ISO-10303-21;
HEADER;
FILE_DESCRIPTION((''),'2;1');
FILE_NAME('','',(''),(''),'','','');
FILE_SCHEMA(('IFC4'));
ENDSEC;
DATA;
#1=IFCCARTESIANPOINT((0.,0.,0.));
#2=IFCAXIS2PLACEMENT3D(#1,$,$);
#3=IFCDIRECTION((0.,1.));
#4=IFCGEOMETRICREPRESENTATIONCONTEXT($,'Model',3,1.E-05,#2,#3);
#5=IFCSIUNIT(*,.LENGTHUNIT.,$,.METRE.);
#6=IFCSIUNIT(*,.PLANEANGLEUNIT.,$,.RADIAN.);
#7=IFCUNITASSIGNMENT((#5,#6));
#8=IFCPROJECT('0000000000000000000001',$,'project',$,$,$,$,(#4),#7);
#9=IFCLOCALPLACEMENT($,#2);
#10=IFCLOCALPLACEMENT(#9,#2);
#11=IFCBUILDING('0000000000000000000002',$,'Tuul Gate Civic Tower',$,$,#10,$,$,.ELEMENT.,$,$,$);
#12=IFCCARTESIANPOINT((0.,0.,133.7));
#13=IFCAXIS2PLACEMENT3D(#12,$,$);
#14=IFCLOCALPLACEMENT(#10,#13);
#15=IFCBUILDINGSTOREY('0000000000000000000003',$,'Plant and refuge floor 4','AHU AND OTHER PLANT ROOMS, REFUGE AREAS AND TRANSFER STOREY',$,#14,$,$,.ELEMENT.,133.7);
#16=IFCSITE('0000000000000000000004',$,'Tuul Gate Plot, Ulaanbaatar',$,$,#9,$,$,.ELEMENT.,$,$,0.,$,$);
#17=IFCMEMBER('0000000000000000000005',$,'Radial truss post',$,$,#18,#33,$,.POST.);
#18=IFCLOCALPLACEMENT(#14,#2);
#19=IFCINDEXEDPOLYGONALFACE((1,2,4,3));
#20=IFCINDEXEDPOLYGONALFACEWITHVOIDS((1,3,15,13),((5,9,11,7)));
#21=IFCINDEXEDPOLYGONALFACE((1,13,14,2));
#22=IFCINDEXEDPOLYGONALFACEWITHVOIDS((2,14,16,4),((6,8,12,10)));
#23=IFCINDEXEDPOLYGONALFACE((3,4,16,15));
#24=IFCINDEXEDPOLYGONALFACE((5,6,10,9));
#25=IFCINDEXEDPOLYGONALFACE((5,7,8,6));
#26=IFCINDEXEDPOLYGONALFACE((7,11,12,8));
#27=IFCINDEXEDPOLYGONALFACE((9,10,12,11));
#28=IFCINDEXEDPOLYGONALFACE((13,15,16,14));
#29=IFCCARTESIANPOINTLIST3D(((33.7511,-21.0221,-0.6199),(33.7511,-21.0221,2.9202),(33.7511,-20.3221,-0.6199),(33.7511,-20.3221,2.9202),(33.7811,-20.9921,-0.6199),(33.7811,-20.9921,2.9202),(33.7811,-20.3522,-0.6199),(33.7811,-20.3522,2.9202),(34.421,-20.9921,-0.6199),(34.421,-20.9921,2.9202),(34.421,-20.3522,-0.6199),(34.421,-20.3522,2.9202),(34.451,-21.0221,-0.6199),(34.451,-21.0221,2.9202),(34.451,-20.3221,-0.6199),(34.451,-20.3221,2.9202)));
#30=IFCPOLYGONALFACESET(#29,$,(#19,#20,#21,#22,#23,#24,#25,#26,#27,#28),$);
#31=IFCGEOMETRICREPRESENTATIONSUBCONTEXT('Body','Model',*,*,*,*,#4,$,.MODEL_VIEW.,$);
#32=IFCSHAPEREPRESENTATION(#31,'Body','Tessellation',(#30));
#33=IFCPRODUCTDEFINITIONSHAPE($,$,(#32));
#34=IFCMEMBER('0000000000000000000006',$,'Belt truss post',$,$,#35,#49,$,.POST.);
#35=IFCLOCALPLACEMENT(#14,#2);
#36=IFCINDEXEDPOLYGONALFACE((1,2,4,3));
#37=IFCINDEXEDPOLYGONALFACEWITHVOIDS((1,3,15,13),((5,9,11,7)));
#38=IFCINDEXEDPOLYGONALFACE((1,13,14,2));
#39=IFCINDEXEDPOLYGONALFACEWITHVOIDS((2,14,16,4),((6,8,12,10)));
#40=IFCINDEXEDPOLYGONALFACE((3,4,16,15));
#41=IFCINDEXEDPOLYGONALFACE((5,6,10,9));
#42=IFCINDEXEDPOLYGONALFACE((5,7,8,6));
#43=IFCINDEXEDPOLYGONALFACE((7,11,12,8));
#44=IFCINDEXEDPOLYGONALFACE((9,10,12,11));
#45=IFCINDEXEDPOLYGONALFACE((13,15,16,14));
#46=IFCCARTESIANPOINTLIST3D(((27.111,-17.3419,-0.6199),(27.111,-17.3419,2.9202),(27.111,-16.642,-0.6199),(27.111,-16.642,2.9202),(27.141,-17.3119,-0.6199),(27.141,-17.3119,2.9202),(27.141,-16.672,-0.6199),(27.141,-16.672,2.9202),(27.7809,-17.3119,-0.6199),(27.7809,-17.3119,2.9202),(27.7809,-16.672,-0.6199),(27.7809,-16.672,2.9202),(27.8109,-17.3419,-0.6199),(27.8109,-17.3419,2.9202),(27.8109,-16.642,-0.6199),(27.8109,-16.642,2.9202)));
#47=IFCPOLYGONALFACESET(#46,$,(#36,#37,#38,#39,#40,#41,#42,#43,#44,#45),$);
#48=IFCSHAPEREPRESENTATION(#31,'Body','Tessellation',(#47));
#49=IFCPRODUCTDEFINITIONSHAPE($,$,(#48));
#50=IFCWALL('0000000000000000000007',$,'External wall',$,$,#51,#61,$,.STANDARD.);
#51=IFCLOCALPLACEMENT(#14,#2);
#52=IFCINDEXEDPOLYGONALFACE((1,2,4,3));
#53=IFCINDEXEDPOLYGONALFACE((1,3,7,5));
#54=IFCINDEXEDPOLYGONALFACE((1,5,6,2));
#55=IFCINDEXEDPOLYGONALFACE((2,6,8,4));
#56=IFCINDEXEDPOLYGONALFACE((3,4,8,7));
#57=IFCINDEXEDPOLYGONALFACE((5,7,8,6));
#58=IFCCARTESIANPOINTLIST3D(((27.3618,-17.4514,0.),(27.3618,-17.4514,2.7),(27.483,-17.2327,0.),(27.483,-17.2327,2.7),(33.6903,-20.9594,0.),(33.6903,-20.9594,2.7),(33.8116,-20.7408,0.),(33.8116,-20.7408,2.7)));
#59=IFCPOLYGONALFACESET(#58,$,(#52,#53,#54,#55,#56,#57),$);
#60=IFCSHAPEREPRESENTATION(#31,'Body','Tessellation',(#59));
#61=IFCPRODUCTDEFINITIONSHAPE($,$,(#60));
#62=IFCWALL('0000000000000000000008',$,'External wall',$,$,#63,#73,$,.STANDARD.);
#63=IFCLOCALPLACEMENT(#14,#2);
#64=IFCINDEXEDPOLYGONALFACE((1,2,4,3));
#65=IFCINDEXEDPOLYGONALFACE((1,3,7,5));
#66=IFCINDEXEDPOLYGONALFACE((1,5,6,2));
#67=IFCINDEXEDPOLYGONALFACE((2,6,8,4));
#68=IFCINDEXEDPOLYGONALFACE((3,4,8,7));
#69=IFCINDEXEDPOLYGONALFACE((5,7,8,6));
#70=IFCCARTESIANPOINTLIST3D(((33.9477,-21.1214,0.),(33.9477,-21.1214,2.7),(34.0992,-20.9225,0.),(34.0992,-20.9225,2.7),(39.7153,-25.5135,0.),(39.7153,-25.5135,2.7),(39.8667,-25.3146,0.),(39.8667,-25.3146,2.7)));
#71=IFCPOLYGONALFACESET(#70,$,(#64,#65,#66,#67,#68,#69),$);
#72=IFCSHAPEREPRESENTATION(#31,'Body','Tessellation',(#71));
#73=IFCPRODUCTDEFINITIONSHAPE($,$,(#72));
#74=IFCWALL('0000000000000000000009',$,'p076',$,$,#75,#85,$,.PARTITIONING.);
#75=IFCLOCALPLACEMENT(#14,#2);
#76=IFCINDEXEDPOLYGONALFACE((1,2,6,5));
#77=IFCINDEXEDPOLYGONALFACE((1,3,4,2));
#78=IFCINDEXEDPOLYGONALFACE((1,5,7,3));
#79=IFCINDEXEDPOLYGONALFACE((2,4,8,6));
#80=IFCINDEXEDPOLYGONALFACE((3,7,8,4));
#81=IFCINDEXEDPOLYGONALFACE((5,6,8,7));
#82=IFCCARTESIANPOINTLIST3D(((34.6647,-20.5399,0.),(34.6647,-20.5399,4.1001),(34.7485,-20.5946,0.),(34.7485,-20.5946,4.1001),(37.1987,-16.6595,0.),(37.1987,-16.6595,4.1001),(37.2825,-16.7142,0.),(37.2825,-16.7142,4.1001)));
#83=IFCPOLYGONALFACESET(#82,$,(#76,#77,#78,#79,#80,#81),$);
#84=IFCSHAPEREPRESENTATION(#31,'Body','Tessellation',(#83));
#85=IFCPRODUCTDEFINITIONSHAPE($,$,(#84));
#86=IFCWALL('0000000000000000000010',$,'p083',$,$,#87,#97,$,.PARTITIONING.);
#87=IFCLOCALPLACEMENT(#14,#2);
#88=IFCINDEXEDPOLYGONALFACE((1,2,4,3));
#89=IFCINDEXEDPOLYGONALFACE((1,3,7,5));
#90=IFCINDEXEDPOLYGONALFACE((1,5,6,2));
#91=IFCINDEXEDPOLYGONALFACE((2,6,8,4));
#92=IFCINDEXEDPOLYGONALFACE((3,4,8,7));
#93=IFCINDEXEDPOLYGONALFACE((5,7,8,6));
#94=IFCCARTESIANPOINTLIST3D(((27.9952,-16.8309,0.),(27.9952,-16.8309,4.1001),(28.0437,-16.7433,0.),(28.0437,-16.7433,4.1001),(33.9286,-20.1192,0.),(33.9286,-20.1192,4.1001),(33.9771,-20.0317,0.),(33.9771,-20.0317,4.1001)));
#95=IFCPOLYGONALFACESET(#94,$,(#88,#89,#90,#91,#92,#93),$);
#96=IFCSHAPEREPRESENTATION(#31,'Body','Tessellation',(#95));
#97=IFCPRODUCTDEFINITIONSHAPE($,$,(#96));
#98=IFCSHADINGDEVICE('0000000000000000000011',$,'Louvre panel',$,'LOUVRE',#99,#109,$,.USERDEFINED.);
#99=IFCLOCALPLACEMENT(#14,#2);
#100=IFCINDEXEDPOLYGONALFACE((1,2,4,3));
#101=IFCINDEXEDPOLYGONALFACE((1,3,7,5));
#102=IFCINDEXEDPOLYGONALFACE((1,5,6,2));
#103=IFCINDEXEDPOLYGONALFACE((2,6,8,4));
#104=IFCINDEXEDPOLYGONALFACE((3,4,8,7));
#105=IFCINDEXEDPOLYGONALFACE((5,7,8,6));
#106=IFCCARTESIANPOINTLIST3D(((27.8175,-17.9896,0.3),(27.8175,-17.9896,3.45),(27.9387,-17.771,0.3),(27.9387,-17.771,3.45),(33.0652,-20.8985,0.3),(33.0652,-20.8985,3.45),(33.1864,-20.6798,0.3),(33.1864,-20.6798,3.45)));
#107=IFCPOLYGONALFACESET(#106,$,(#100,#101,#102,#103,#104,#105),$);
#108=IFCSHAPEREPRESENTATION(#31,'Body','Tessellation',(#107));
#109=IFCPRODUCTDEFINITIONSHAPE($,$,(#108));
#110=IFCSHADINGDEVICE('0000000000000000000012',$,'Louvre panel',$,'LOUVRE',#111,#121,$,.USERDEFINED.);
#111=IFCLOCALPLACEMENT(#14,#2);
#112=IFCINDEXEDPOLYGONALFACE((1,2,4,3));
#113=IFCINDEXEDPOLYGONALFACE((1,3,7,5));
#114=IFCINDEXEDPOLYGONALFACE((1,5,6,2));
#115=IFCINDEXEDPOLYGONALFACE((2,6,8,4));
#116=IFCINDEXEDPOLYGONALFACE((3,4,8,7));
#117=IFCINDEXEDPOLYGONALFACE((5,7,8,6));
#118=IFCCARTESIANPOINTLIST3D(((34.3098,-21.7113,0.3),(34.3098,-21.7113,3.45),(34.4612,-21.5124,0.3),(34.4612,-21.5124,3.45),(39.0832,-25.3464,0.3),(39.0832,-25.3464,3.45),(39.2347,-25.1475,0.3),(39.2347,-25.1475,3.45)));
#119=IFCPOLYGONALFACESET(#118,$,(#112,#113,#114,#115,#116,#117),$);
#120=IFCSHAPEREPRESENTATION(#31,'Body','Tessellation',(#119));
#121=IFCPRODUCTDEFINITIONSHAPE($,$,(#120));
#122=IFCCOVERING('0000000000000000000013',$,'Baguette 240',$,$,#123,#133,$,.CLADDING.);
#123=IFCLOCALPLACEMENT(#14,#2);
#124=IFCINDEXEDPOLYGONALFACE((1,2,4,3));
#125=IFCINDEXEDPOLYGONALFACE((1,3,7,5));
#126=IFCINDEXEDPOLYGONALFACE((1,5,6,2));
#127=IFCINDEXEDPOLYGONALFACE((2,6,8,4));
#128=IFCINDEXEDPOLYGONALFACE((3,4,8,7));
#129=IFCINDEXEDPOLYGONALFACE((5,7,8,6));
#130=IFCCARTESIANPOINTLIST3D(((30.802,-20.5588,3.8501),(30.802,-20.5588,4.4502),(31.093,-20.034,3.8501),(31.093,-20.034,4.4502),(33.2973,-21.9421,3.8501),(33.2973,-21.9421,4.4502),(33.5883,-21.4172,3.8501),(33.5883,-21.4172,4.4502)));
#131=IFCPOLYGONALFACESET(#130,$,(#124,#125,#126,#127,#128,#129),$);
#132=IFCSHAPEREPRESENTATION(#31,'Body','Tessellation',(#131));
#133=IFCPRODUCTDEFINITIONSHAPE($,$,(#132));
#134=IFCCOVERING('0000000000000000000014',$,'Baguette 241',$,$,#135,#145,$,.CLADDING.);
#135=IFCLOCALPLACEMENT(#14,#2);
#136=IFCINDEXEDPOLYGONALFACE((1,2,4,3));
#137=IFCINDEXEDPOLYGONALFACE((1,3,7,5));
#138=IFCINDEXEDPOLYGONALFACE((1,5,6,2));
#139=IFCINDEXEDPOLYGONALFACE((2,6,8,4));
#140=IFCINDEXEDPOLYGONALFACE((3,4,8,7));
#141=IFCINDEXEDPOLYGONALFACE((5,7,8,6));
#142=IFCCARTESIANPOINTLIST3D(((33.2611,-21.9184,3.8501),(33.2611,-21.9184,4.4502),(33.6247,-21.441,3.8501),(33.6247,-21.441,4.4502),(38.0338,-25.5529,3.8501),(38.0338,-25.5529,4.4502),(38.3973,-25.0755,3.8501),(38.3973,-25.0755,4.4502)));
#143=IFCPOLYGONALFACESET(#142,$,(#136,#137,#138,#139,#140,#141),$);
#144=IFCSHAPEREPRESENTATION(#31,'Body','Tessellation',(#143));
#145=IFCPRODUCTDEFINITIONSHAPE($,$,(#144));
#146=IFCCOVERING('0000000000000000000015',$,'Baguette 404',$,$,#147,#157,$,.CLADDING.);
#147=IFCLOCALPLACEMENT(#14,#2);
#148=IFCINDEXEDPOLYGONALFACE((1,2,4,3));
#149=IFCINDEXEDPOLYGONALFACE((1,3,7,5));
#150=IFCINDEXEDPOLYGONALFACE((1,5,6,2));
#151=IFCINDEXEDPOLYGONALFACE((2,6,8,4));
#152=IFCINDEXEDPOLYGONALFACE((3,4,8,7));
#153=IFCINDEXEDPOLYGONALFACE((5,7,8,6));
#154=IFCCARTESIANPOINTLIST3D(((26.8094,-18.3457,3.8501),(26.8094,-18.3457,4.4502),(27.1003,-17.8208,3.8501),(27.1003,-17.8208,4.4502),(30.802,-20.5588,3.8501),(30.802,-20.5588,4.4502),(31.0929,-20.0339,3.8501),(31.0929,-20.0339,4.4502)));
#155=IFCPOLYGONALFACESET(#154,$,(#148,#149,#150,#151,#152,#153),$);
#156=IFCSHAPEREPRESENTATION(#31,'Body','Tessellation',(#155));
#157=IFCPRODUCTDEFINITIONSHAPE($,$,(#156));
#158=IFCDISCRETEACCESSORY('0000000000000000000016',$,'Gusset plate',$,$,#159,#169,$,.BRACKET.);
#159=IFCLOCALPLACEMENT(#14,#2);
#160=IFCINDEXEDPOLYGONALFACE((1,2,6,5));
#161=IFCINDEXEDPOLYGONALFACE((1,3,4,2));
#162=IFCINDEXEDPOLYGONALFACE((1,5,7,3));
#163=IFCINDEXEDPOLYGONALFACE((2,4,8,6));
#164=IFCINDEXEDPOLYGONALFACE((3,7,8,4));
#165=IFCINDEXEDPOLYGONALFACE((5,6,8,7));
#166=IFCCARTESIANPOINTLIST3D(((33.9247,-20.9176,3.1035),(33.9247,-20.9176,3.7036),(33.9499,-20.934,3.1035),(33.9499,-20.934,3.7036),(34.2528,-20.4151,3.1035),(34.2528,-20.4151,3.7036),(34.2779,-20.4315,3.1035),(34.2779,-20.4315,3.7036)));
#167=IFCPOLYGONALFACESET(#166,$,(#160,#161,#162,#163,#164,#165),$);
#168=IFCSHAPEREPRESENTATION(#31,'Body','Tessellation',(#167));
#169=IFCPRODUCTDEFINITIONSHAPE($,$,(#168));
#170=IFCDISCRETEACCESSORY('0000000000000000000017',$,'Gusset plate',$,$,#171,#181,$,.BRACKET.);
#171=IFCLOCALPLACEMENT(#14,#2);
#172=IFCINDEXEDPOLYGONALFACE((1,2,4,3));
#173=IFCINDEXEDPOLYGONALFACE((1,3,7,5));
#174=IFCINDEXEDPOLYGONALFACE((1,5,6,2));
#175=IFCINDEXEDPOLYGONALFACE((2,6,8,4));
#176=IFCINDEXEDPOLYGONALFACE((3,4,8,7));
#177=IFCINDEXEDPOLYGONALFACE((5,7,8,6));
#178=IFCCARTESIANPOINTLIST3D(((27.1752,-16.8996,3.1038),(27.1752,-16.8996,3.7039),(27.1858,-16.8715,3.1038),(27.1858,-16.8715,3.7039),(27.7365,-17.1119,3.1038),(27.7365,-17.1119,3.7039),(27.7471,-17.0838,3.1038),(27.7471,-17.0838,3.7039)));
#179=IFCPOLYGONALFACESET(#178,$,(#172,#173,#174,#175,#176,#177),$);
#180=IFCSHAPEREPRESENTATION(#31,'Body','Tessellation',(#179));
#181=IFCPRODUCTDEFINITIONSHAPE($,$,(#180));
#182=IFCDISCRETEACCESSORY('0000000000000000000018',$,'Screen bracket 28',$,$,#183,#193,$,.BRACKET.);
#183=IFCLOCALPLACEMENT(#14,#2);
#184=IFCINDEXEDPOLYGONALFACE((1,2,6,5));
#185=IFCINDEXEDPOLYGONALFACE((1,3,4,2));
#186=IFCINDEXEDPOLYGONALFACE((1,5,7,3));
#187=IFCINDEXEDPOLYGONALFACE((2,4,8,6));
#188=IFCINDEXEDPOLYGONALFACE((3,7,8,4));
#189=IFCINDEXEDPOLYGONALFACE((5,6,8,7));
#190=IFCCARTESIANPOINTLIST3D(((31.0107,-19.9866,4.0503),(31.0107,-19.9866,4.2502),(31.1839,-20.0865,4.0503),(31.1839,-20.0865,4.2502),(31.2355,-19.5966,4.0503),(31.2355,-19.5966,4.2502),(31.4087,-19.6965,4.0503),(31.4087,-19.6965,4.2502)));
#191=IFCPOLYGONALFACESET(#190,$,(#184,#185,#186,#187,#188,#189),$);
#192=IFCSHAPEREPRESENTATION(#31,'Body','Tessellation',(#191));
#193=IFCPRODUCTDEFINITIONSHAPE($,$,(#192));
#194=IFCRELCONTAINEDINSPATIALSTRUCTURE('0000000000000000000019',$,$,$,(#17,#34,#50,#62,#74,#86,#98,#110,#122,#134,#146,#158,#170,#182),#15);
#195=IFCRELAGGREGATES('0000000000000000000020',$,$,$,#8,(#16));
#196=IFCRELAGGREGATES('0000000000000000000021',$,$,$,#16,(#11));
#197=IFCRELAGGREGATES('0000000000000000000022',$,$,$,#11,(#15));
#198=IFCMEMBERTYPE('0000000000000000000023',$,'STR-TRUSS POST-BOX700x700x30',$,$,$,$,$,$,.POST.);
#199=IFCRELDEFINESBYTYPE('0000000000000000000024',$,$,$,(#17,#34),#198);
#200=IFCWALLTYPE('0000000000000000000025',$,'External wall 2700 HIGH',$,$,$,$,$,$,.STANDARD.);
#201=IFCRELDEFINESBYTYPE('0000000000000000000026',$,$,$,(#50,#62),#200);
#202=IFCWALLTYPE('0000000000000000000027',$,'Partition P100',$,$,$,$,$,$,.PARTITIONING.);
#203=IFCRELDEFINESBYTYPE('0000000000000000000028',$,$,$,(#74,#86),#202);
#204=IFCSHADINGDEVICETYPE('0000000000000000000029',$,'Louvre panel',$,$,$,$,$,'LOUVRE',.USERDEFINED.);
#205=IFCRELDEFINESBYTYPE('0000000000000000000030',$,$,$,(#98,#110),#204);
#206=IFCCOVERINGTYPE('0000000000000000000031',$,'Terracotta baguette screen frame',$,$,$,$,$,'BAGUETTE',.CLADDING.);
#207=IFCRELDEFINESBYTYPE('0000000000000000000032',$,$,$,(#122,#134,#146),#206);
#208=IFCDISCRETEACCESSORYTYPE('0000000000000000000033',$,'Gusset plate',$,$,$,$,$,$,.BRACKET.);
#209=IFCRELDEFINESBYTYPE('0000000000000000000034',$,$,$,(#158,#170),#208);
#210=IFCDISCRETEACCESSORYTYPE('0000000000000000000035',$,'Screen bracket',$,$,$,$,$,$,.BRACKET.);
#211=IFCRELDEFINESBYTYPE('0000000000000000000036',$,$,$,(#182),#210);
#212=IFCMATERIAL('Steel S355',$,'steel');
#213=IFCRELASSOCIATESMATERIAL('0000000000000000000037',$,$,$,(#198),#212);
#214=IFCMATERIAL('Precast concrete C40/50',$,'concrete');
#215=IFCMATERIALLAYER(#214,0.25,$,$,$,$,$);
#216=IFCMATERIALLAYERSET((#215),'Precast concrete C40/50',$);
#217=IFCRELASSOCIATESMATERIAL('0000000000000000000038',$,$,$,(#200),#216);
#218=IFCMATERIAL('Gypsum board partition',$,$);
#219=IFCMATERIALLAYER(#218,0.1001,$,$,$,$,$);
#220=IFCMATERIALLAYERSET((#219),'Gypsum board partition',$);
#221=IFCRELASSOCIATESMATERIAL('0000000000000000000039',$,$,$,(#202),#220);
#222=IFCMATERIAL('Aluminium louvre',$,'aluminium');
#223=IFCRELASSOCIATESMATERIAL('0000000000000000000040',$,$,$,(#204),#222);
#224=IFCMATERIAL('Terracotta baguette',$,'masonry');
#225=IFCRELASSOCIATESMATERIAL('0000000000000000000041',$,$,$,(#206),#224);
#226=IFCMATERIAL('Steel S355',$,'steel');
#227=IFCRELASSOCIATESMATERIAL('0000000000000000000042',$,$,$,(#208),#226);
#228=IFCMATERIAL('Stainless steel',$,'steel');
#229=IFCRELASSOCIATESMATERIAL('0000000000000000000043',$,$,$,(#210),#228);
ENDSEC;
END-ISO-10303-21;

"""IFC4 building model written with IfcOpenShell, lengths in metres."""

from ifc_helpers import new_model, si_unit, direction, frame, frame_2d, origin, origin_2d, place, context, subcontext, project, spatial, rectangle, hollow_rectangle, extrude, material, layer, layer_set, material_profile, profile_set, type_object, element, save


model = new_model("IFC4")

# Units and contexts
model_context = context("Model", 3, precision=1e-05, world=origin(), true_north=direction((0.0, 1.0)))
body_context = subcontext(model_context, "Body", "Model", "MODEL_VIEW")
ifc_project = project(units=[si_unit("LENGTHUNIT", "METRE"), si_unit("PLANEANGLEUNIT", "RADIAN")], contexts=[model_context])

# Site, building, storey
site_placement = place(None, origin())
site = spatial("IfcSite", under=ifc_project, at=site_placement, Name="Tuul Gate Plot, Ulaanbaatar", CompositionType="ELEMENT", RefElevation=0.0)
building_placement = place(site_placement, origin())
building = spatial("IfcBuilding", under=site, at=building_placement, Name="Tuul Gate Civic Tower", CompositionType="ELEMENT")
storey_placement = place(building_placement, frame((0.0, 0.0, 133.7)))
storey = spatial("IfcBuildingStorey", under=building, at=storey_placement, Name="Plant and refuge floor 4", Description="AHU AND OTHER PLANT ROOMS, REFUGE AREAS AND TRANSFER STOREY", CompositionType="ELEMENT", Elevation=133.7)

# Members
ifc_material_1 = material(Name="Steel S355", Category="steel")
ifc_material_profile_1 = material_profile(ifc_material_1, hollow_rectangle(XDim=0.7, YDim=0.7, WallThickness=0.03, at=origin_2d()), Name="BOX700x700x30")
ifc_profile_set_1 = profile_set([ifc_material_profile_1], Name="Steel S355")
member_type_1 = type_object("IfcMemberType", Name="STR-TRUSS POST-BOX700x700x30", PredefinedType="POST", material=ifc_profile_set_1)
for number, where, z_axis, x_axis, name in (
    (1, (34.1011, -20.6721, -0.6199), (0.0, 0.0, 1.0), (1.0, 0.0, 0.0), "Radial truss post"),
    (2, (27.4609, -16.9919, -0.6199), (0.0, 0.0, 1.0), (1.0, 0.0, 0.0), "Belt truss post"),
):
    element("IfcMember", number, at=place(storey_placement, frame(where, z_axis=z_axis, x_axis=x_axis)), inside=storey, type_object=member_type_1, Name=name, PredefinedType="POST", context=body_context, shape_type="SweptSolid", body=[
        extrude(hollow_rectangle(XDim=0.7, YDim=0.7, WallThickness=0.03, at=origin_2d()), origin(), (0.0, 0.0, 1.0), 3.54),
    ])

# Walls
ifc_material_2 = material(Name="Precast concrete C40/50", Category="concrete")
ifc_layer_1 = layer(ifc_material_2, 0.25)
ifc_layer_set_1 = layer_set([ifc_layer_1], Name="Precast concrete C40/50")
wall_type_1 = type_object("IfcWallType", Name="External wall 2700 HIGH", PredefinedType="STANDARD", material=ifc_layer_set_1)
wall_1_placement = place(storey_placement, frame((27.4224, -17.342, 0.0), z_axis=(0.0, 0.0, 1.0), x_axis=(0.874617, -0.484815, 0.0)))
element("IfcWall", 3, at=wall_1_placement, inside=storey, type_object=wall_type_1, Name="External wall", PredefinedType="STANDARD", context=body_context, shape_type="SweptSolid", body=[
    extrude(rectangle(XDim=7.2358, YDim=0.25, at=frame_2d((3.6179, 0.0))), origin(), (0.0, 0.0, 1.0), 2.7),
])
wall_2_placement = place(storey_placement, frame((34.0234, -21.022, 0.0), z_axis=(0.0, 0.0, 1.0), x_axis=(0.795582, -0.605846, 0.0)))
element("IfcWall", 4, at=wall_2_placement, inside=storey, type_object=wall_type_1, Name="External wall", PredefinedType="STANDARD", context=body_context, shape_type="SweptSolid", body=[
    extrude(rectangle(XDim=7.2495, YDim=0.25, at=frame_2d((3.6248, 0.0))), origin(), (0.0, 0.0, 1.0), 2.7),
])
ifc_material_3 = material(Name="Gypsum board partition")
ifc_layer_2 = layer(ifc_material_3, 0.1001)
ifc_layer_set_2 = layer_set([ifc_layer_2], Name="Gypsum board partition")
wall_type_2 = type_object("IfcWallType", Name="Partition P100", PredefinedType="PARTITIONING", material=ifc_layer_set_2)
wall_3_placement = place(storey_placement, frame((34.7065, -20.5674, 0.0), z_axis=(0.0, 0.0, 1.0), x_axis=(0.546761, 0.837289, 0.0)))
element("IfcWall", 5, at=wall_3_placement, inside=storey, type_object=wall_type_2, Name="p076", PredefinedType="PARTITIONING", context=body_context, shape_type="SweptSolid", body=[
    extrude(rectangle(XDim=4.6345, YDim=0.1001, at=frame_2d((2.3174, 0.0))), origin(), (0.0, 0.0, 1.0), 4.1001),
])
wall_4_placement = place(storey_placement, frame((33.9529, -20.0754, 0.0), z_axis=(0.0, 0.0, 1.0), x_axis=(-0.874656, 0.484744, 0.0)))
element("IfcWall", 6, at=wall_4_placement, inside=storey, type_object=wall_type_2, Name="p083", PredefinedType="PARTITIONING", context=body_context, shape_type="SweptSolid", body=[
    extrude(rectangle(XDim=6.7837, YDim=0.1001, at=frame_2d((3.3918, 0.0))), origin(), (0.0, 0.0, 1.0), 4.1001),
])

# Shading devices
ifc_material_4 = material(Name="Aluminium louvre", Category="aluminium")
shading_device_type = type_object("IfcShadingDeviceType", Name="Louvre panel", ElementType="LOUVRE", PredefinedType="USERDEFINED", material=ifc_material_4)
for number, where, z_axis, x_axis, name in (
    (7, (30.502, -19.3347, 0.3), (0.0, 0.0, 1.0), (-0.484808, -0.874621, 0.0), "Louvre panel"),
    (8, (36.7722, -23.4294, 0.3), (0.0, 0.0, 1.0), (-0.605851, -0.795578, 0.0), "Louvre panel"),
):
    element("IfcShadingDevice", number, at=place(storey_placement, frame(where, z_axis=z_axis, x_axis=x_axis)), inside=storey, type_object=shading_device_type, Name=name, ObjectType="LOUVRE", PredefinedType="USERDEFINED", context=body_context, shape_type="SweptSolid", body=[
        extrude(rectangle(XDim=0.25, YDim=6.0, at=origin_2d()), origin(), (0.0, 0.0, 1.0), 3.1499),
    ])

# Coverings
ifc_material_5 = material(Name="Terracotta baguette", Category="masonry")
ifc_material_profile_2 = material_profile(ifc_material_5, rectangle(XDim=0.6001, YDim=0.6001, at=origin_2d()), Name="Terracotta baguette screen frame")
ifc_profile_set_2 = profile_set([ifc_material_profile_2], Name="Terracotta baguette")
covering_type = type_object("IfcCoveringType", Name="Terracotta baguette screen frame", ElementType="BAGUETTE", PredefinedType="CLADDING", material=ifc_profile_set_2)
covering_1_placement = place(storey_placement, frame((30.9475, -20.2964, 4.1501), z_axis=(0.874605, -0.484836, 0.0), x_axis=(0.484836, 0.874605, 0.0)))
element("IfcCovering", 9, at=covering_1_placement, inside=storey, type_object=covering_type, Name="Baguette 240", PredefinedType="CLADDING", context=body_context, shape_type="SweptSolid", body=[
    extrude(rectangle(XDim=0.6001, YDim=0.6001, at=origin_2d()), origin(), (0.0, 0.0, 1.0), 2.853),
])
covering_2_placement = place(storey_placement, frame((33.4429, -21.6797, 4.1501), z_axis=(0.795578, -0.605851, 0.0), x_axis=(0.605851, 0.795578, 0.0)))
element("IfcCovering", 10, at=covering_2_placement, inside=storey, type_object=covering_type, Name="Baguette 241", PredefinedType="CLADDING", context=body_context, shape_type="SweptSolid", body=[
    extrude(rectangle(XDim=0.6001, YDim=0.6001, at=origin_2d()), origin(), (0.0, 0.0, 1.0), 5.999),
])
covering_3_placement = place(storey_placement, frame((26.9548, -18.0833, 4.1501), z_axis=(0.874624, -0.484803, 0.0), x_axis=(0.484803, 0.874624, 0.0)))
element("IfcCovering", 11, at=covering_3_placement, inside=storey, type_object=covering_type, Name="Baguette 404", PredefinedType="CLADDING", context=body_context, shape_type="SweptSolid", body=[
    extrude(rectangle(XDim=0.6001, YDim=0.6001, at=origin_2d()), origin(), (0.0, 0.0, 1.0), 4.5649),
])

# Discrete accessories
ifc_material_6 = material(Name="Steel S355", Category="steel")
discrete_accessory_type_1 = type_object("IfcDiscreteAccessoryType", Name="Gusset plate", PredefinedType="BRACKET", material=ifc_material_6)
for number, where, z_axis, x_axis, name in (
    (12, (34.1013, -20.6746, 3.1035), (0.0, 0.0, 1.0), (0.546711, 0.837322, 0.0), "Gusset plate"),
    (13, (27.4612, -16.9917, 3.1038), (0.0, 0.0, 1.0), (-0.935368, 0.353677, 0.0), "Gusset plate"),
):
    element("IfcDiscreteAccessory", number, at=place(storey_placement, frame(where, z_axis=z_axis, x_axis=x_axis)), inside=storey, type_object=discrete_accessory_type_1, Name=name, PredefinedType="BRACKET", context=body_context, shape_type="SweptSolid", body=[
        extrude(rectangle(XDim=0.6001, YDim=0.03, at=origin_2d()), origin(), (0.0, 0.0, 1.0), 0.6001),
    ])
ifc_material_7 = material(Name="Stainless steel", Category="steel")
discrete_accessory_type_2 = type_object("IfcDiscreteAccessoryType", Name="Screen bracket", PredefinedType="BRACKET", material=ifc_material_7)
discrete_accessory_placement = place(storey_placement, frame((31.2097, -19.8416, 4.0503), z_axis=(0.0, 0.0, 1.0), x_axis=(-0.499377, -0.866385, 0.0)))
element("IfcDiscreteAccessory", 14, at=discrete_accessory_placement, inside=storey, type_object=discrete_accessory_type_2, Name="Screen bracket 28", PredefinedType="BRACKET", context=body_context, shape_type="SweptSolid", body=[
    extrude(rectangle(XDim=0.4502, YDim=0.2, at=origin_2d()), origin(), (0.0, 0.0, 1.0), 0.2),
])

save(model, "model.ifc")
